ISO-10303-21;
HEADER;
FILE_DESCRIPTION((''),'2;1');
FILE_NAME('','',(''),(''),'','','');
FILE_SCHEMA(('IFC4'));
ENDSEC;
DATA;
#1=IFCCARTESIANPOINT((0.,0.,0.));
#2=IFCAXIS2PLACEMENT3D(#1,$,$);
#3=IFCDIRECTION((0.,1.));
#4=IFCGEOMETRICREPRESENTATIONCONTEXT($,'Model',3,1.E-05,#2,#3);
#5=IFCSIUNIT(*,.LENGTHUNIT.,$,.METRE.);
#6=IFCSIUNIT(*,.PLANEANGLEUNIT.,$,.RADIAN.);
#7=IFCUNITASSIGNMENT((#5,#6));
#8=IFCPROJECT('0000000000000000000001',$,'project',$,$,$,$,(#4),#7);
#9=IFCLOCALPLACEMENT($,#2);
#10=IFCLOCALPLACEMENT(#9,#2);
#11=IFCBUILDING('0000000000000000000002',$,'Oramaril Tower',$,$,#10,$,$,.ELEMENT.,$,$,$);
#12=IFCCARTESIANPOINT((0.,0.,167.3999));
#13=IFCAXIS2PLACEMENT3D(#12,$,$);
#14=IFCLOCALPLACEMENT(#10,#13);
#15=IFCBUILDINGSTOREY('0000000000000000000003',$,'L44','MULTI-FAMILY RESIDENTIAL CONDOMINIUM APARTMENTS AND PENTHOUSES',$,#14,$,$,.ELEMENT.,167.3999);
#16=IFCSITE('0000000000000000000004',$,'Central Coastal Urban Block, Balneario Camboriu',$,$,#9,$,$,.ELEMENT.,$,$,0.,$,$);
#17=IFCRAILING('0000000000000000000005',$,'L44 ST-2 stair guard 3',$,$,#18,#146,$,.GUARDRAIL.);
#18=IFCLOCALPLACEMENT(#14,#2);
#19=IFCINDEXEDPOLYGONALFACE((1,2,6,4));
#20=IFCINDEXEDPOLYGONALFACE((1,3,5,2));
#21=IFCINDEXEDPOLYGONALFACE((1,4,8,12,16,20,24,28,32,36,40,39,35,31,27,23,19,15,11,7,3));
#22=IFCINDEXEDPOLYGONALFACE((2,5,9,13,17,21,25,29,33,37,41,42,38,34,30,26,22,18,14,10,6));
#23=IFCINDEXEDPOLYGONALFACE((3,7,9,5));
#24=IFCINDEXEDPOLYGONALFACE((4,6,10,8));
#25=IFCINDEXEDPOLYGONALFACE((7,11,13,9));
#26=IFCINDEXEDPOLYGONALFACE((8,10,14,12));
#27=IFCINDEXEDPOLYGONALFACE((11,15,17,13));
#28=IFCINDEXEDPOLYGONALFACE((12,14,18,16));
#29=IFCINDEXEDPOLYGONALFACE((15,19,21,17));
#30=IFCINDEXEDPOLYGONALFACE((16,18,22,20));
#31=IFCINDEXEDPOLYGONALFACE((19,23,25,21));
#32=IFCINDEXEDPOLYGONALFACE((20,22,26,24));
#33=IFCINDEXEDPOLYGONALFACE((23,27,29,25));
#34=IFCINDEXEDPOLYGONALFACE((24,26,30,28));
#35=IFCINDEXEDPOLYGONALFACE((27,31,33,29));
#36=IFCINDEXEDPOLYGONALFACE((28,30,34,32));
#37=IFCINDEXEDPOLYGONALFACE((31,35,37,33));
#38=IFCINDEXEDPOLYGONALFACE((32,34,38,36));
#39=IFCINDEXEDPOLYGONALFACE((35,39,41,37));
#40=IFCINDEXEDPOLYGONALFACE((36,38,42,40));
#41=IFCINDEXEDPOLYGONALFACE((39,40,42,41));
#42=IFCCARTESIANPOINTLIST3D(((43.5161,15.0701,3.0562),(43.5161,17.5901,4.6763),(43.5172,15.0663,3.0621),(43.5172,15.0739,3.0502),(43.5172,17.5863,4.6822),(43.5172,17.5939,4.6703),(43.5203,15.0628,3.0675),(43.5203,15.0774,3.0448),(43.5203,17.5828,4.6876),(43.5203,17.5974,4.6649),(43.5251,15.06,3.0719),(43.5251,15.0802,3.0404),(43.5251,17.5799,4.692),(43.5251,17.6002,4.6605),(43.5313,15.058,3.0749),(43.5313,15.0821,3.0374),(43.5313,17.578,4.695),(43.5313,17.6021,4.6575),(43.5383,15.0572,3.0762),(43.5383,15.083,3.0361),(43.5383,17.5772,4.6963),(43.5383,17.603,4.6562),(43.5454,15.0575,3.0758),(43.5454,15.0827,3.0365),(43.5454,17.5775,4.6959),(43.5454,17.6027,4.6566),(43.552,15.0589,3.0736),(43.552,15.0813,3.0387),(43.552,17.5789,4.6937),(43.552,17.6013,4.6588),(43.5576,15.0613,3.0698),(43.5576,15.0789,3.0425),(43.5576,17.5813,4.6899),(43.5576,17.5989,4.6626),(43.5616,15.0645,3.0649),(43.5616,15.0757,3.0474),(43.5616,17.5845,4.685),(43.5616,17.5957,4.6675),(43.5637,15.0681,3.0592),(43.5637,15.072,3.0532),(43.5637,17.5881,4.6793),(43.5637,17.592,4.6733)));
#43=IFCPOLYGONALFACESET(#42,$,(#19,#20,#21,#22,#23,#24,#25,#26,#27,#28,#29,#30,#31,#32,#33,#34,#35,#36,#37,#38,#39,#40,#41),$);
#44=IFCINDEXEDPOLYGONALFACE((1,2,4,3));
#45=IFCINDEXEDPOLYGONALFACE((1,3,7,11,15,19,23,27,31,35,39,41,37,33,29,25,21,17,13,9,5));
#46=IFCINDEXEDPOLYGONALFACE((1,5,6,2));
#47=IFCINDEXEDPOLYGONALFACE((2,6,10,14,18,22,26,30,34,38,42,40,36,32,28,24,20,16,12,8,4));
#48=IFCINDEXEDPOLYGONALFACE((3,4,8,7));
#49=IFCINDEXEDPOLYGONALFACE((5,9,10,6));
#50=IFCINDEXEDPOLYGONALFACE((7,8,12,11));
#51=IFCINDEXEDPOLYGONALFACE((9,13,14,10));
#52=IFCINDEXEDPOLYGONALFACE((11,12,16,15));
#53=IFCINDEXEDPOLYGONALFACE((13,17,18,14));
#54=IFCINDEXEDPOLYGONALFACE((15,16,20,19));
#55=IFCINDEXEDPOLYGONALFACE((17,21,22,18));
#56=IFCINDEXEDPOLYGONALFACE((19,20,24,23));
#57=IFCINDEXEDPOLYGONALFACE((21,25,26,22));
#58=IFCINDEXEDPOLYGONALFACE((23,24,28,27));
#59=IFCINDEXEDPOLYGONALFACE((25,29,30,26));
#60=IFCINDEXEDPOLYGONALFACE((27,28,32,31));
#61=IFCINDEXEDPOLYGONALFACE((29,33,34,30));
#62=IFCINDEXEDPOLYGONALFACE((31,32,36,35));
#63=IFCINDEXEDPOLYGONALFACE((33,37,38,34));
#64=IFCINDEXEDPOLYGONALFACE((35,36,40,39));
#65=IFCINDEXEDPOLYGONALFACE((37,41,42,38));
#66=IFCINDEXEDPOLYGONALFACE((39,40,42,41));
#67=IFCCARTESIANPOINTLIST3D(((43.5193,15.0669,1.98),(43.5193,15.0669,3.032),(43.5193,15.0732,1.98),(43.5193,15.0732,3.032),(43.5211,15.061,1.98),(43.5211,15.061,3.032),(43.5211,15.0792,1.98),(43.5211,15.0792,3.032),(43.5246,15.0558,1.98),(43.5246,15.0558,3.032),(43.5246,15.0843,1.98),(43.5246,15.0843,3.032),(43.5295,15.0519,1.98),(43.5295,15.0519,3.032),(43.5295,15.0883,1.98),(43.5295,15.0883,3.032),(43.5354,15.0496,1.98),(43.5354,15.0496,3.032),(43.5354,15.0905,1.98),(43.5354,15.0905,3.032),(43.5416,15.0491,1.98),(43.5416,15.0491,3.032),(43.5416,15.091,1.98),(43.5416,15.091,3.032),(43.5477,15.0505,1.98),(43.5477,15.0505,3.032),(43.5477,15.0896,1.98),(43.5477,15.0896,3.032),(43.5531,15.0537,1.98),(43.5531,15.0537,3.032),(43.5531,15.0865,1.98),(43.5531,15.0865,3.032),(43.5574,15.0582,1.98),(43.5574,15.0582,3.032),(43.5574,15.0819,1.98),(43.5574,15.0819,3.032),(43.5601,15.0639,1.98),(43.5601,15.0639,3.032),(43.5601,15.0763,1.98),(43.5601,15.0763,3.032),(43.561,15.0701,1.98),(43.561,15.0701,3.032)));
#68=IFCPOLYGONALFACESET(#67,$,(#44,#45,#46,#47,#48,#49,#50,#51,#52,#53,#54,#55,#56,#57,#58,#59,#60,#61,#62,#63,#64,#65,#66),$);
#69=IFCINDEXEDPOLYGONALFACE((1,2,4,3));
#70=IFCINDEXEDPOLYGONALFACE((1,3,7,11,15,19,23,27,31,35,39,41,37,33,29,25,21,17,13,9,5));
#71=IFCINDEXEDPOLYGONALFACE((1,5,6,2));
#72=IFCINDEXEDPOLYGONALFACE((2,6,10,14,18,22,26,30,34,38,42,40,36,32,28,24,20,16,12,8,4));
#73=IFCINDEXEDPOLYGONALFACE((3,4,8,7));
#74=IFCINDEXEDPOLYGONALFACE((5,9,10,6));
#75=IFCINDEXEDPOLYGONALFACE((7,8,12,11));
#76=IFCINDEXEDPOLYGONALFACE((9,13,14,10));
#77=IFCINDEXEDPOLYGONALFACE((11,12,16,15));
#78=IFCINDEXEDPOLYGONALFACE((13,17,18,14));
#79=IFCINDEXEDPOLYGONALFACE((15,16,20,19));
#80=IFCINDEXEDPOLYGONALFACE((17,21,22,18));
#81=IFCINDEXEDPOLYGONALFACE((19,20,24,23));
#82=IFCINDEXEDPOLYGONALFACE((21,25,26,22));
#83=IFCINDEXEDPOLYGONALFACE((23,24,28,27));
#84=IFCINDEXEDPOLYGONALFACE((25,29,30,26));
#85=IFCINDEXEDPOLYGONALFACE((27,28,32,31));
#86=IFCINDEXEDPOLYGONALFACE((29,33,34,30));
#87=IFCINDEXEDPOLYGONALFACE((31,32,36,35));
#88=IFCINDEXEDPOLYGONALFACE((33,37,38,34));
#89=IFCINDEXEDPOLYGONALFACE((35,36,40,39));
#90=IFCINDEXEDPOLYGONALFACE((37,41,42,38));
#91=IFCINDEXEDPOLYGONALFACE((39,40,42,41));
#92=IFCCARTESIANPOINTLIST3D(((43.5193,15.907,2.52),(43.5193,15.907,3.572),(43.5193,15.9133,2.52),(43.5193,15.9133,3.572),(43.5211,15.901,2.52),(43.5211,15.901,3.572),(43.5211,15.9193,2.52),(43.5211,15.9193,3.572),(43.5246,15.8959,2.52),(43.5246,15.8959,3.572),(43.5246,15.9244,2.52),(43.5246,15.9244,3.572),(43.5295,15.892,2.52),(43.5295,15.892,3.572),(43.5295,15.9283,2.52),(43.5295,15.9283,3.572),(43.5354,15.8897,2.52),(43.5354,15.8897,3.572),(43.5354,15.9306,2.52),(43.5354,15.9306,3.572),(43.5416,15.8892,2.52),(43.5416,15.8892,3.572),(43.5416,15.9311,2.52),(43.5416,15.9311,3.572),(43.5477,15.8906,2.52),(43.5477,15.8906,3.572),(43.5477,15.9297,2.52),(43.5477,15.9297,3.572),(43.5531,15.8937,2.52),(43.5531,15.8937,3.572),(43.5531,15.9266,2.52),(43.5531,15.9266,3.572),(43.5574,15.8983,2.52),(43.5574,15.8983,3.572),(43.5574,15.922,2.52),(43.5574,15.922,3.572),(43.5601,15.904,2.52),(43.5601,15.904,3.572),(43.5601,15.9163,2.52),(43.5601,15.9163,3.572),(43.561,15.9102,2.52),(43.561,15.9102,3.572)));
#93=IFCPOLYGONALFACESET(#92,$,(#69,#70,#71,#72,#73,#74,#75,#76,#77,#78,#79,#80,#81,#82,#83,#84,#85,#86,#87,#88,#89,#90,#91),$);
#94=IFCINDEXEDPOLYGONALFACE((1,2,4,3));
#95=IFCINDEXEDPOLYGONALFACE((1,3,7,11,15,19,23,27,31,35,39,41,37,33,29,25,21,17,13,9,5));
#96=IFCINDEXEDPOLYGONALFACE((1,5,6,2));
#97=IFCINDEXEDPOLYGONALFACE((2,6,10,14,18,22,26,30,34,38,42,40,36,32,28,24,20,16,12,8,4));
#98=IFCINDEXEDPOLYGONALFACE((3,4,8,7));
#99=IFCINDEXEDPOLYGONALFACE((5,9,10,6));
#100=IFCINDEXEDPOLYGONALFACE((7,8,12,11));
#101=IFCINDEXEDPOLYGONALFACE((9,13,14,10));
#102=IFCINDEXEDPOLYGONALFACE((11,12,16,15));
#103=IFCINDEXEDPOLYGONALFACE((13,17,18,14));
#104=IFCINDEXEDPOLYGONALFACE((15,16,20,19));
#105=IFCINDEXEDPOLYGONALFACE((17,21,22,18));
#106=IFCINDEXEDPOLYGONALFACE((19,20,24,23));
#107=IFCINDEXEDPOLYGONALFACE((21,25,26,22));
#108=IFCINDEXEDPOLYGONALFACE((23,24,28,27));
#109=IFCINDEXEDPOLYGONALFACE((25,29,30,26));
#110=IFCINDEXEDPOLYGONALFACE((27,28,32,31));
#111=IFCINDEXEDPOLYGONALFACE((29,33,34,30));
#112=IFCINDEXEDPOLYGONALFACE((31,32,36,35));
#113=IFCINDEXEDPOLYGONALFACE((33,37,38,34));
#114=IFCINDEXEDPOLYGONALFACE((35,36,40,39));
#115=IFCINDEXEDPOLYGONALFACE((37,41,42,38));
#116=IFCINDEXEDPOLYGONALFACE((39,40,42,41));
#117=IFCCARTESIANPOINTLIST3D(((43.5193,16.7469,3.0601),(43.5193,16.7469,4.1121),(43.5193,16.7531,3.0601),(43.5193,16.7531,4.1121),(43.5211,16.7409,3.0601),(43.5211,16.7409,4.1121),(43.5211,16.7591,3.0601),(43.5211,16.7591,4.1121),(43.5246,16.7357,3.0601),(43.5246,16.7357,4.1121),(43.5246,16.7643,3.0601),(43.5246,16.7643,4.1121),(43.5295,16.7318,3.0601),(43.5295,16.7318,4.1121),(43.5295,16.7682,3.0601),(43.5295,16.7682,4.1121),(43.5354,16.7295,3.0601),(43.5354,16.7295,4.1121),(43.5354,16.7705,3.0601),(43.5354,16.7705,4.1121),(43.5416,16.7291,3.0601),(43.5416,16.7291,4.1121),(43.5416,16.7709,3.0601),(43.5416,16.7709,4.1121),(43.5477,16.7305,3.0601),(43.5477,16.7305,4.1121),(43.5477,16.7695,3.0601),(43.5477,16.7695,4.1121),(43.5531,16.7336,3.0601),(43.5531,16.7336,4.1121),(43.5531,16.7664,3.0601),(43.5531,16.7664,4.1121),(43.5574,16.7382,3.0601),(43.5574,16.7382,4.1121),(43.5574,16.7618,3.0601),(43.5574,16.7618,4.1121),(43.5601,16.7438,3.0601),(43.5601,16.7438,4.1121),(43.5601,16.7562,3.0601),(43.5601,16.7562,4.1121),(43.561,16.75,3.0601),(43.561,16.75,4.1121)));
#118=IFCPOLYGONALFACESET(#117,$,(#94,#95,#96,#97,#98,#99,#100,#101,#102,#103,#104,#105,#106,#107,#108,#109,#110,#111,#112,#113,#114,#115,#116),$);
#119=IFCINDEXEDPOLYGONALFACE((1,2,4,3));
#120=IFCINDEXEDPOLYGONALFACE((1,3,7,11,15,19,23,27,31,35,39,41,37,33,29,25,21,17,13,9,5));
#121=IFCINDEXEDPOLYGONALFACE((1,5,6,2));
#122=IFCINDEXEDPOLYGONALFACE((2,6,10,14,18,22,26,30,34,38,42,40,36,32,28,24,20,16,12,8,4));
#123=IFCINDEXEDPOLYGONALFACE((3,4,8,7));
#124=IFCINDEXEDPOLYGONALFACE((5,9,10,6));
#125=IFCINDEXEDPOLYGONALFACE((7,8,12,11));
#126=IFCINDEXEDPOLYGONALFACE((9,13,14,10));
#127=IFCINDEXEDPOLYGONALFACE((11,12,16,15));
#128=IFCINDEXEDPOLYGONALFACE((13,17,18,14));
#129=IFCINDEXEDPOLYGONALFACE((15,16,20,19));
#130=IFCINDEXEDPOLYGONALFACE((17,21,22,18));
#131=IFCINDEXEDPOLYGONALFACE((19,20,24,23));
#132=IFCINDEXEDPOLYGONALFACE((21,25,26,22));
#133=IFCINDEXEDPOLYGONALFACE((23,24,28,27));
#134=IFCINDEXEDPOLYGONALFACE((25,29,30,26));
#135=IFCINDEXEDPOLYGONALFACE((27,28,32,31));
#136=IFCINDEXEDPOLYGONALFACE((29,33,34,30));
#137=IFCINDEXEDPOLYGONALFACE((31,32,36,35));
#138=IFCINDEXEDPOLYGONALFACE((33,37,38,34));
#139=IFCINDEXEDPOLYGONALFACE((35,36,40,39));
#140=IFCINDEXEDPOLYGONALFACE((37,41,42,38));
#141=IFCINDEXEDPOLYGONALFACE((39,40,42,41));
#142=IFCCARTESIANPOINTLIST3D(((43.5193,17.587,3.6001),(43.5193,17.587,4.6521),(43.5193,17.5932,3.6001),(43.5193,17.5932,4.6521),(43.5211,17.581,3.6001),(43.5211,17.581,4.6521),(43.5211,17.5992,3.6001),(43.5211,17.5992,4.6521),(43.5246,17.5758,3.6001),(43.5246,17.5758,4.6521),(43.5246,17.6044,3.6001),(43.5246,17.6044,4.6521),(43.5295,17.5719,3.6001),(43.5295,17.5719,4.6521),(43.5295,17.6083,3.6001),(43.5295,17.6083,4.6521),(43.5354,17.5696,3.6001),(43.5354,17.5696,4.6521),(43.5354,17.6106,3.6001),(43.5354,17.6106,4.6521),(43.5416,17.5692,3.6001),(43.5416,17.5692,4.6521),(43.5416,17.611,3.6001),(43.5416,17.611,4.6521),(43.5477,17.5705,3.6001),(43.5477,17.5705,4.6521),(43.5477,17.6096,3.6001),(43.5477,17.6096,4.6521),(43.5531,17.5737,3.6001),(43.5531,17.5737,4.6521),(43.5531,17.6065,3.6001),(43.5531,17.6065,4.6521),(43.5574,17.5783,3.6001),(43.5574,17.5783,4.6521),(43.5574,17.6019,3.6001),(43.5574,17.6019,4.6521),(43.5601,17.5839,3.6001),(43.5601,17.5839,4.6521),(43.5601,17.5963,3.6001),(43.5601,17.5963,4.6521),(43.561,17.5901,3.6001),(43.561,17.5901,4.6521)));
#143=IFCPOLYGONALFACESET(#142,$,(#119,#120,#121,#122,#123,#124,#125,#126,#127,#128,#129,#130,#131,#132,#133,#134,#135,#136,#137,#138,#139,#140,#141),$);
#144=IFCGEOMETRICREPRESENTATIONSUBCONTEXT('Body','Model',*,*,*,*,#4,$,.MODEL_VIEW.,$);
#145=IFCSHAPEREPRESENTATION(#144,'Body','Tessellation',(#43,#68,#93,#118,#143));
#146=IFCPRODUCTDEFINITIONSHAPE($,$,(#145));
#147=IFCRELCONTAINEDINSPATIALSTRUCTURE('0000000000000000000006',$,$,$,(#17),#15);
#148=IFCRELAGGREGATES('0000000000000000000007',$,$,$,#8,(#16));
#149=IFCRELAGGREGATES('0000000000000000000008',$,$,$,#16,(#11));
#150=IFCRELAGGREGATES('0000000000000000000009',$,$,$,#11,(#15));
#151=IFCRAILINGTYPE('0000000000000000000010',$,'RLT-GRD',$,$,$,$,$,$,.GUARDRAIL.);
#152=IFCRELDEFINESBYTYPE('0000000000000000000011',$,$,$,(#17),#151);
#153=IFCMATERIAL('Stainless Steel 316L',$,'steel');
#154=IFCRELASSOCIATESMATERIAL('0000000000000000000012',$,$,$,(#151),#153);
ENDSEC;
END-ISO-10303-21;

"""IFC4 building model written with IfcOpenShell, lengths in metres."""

from ifc_helpers import new_model, si_unit, direction, frame, origin, origin_2d, place, context, subcontext, project, spatial, circle, extrude, material, type_object, element, save


model = new_model("IFC4")

# Units and contexts
model_context = context("Model", 3, precision=1e-05, world=origin(), true_north=direction((0.0, 1.0)))
body_context = subcontext(model_context, "Body", "Model", "MODEL_VIEW")
ifc_project = project(units=[si_unit("LENGTHUNIT", "METRE"), si_unit("PLANEANGLEUNIT", "RADIAN")], contexts=[model_context])

# Site, building, storey
site_placement = place(None, origin())
site = spatial("IfcSite", under=ifc_project, at=site_placement, Name="Central Coastal Urban Block, Balneario Camboriu", CompositionType="ELEMENT", RefElevation=0.0)
building_placement = place(site_placement, origin())
building = spatial("IfcBuilding", under=site, at=building_placement, Name="Oramaril Tower", CompositionType="ELEMENT")
storey_placement = place(building_placement, frame((0.0, 0.0, 167.3999)))
storey = spatial("IfcBuildingStorey", under=building, at=storey_placement, Name="L44", Description="MULTI-FAMILY RESIDENTIAL CONDOMINIUM APARTMENTS AND PENTHOUSES", CompositionType="ELEMENT", Elevation=167.3999)

# Railing
ifc_material_1 = material(Name="Stainless Steel 316L", Category="steel")
railing_type_1 = type_object("IfcRailingType", Name="RLT-GRD", PredefinedType="GUARDRAIL", material=ifc_material_1)
railing_1_placement = place(storey_placement, frame((43.54, 15.0701, 1.98)))
element("IfcRailing", 1, at=railing_1_placement, inside=storey, type_object=railing_type_1, Name="L44 ST-2 stair guard 3", PredefinedType="GUARDRAIL", context=body_context, shape_type="SweptSolid", body=[
    extrude(circle(Radius=0.0239, at=origin_2d()), frame((0.0, 0.0, 1.0762), z_axis=(0.0, 0.841163, 0.540782), x_axis=(-1.0, 0.0, 0.0)), (0.0, 0.0, 1.0), 2.9958),
    extrude(circle(Radius=0.021, at=origin_2d()), origin(), (0.0, 0.0, 1.0), 1.052),
    extrude(circle(Radius=0.021, at=origin_2d()), frame((0.0, 0.8401, 0.54)), (0.0, 0.0, 1.0), 1.052),
    extrude(circle(Radius=0.021, at=origin_2d()), frame((0.0, 1.6799, 1.0801)), (0.0, 0.0, 1.0), 1.052),
    extrude(circle(Radius=0.021, at=origin_2d()), frame((0.0, 2.52, 1.6201)), (0.0, 0.0, 1.0), 1.052),
])

save(model, "model.ifc")
